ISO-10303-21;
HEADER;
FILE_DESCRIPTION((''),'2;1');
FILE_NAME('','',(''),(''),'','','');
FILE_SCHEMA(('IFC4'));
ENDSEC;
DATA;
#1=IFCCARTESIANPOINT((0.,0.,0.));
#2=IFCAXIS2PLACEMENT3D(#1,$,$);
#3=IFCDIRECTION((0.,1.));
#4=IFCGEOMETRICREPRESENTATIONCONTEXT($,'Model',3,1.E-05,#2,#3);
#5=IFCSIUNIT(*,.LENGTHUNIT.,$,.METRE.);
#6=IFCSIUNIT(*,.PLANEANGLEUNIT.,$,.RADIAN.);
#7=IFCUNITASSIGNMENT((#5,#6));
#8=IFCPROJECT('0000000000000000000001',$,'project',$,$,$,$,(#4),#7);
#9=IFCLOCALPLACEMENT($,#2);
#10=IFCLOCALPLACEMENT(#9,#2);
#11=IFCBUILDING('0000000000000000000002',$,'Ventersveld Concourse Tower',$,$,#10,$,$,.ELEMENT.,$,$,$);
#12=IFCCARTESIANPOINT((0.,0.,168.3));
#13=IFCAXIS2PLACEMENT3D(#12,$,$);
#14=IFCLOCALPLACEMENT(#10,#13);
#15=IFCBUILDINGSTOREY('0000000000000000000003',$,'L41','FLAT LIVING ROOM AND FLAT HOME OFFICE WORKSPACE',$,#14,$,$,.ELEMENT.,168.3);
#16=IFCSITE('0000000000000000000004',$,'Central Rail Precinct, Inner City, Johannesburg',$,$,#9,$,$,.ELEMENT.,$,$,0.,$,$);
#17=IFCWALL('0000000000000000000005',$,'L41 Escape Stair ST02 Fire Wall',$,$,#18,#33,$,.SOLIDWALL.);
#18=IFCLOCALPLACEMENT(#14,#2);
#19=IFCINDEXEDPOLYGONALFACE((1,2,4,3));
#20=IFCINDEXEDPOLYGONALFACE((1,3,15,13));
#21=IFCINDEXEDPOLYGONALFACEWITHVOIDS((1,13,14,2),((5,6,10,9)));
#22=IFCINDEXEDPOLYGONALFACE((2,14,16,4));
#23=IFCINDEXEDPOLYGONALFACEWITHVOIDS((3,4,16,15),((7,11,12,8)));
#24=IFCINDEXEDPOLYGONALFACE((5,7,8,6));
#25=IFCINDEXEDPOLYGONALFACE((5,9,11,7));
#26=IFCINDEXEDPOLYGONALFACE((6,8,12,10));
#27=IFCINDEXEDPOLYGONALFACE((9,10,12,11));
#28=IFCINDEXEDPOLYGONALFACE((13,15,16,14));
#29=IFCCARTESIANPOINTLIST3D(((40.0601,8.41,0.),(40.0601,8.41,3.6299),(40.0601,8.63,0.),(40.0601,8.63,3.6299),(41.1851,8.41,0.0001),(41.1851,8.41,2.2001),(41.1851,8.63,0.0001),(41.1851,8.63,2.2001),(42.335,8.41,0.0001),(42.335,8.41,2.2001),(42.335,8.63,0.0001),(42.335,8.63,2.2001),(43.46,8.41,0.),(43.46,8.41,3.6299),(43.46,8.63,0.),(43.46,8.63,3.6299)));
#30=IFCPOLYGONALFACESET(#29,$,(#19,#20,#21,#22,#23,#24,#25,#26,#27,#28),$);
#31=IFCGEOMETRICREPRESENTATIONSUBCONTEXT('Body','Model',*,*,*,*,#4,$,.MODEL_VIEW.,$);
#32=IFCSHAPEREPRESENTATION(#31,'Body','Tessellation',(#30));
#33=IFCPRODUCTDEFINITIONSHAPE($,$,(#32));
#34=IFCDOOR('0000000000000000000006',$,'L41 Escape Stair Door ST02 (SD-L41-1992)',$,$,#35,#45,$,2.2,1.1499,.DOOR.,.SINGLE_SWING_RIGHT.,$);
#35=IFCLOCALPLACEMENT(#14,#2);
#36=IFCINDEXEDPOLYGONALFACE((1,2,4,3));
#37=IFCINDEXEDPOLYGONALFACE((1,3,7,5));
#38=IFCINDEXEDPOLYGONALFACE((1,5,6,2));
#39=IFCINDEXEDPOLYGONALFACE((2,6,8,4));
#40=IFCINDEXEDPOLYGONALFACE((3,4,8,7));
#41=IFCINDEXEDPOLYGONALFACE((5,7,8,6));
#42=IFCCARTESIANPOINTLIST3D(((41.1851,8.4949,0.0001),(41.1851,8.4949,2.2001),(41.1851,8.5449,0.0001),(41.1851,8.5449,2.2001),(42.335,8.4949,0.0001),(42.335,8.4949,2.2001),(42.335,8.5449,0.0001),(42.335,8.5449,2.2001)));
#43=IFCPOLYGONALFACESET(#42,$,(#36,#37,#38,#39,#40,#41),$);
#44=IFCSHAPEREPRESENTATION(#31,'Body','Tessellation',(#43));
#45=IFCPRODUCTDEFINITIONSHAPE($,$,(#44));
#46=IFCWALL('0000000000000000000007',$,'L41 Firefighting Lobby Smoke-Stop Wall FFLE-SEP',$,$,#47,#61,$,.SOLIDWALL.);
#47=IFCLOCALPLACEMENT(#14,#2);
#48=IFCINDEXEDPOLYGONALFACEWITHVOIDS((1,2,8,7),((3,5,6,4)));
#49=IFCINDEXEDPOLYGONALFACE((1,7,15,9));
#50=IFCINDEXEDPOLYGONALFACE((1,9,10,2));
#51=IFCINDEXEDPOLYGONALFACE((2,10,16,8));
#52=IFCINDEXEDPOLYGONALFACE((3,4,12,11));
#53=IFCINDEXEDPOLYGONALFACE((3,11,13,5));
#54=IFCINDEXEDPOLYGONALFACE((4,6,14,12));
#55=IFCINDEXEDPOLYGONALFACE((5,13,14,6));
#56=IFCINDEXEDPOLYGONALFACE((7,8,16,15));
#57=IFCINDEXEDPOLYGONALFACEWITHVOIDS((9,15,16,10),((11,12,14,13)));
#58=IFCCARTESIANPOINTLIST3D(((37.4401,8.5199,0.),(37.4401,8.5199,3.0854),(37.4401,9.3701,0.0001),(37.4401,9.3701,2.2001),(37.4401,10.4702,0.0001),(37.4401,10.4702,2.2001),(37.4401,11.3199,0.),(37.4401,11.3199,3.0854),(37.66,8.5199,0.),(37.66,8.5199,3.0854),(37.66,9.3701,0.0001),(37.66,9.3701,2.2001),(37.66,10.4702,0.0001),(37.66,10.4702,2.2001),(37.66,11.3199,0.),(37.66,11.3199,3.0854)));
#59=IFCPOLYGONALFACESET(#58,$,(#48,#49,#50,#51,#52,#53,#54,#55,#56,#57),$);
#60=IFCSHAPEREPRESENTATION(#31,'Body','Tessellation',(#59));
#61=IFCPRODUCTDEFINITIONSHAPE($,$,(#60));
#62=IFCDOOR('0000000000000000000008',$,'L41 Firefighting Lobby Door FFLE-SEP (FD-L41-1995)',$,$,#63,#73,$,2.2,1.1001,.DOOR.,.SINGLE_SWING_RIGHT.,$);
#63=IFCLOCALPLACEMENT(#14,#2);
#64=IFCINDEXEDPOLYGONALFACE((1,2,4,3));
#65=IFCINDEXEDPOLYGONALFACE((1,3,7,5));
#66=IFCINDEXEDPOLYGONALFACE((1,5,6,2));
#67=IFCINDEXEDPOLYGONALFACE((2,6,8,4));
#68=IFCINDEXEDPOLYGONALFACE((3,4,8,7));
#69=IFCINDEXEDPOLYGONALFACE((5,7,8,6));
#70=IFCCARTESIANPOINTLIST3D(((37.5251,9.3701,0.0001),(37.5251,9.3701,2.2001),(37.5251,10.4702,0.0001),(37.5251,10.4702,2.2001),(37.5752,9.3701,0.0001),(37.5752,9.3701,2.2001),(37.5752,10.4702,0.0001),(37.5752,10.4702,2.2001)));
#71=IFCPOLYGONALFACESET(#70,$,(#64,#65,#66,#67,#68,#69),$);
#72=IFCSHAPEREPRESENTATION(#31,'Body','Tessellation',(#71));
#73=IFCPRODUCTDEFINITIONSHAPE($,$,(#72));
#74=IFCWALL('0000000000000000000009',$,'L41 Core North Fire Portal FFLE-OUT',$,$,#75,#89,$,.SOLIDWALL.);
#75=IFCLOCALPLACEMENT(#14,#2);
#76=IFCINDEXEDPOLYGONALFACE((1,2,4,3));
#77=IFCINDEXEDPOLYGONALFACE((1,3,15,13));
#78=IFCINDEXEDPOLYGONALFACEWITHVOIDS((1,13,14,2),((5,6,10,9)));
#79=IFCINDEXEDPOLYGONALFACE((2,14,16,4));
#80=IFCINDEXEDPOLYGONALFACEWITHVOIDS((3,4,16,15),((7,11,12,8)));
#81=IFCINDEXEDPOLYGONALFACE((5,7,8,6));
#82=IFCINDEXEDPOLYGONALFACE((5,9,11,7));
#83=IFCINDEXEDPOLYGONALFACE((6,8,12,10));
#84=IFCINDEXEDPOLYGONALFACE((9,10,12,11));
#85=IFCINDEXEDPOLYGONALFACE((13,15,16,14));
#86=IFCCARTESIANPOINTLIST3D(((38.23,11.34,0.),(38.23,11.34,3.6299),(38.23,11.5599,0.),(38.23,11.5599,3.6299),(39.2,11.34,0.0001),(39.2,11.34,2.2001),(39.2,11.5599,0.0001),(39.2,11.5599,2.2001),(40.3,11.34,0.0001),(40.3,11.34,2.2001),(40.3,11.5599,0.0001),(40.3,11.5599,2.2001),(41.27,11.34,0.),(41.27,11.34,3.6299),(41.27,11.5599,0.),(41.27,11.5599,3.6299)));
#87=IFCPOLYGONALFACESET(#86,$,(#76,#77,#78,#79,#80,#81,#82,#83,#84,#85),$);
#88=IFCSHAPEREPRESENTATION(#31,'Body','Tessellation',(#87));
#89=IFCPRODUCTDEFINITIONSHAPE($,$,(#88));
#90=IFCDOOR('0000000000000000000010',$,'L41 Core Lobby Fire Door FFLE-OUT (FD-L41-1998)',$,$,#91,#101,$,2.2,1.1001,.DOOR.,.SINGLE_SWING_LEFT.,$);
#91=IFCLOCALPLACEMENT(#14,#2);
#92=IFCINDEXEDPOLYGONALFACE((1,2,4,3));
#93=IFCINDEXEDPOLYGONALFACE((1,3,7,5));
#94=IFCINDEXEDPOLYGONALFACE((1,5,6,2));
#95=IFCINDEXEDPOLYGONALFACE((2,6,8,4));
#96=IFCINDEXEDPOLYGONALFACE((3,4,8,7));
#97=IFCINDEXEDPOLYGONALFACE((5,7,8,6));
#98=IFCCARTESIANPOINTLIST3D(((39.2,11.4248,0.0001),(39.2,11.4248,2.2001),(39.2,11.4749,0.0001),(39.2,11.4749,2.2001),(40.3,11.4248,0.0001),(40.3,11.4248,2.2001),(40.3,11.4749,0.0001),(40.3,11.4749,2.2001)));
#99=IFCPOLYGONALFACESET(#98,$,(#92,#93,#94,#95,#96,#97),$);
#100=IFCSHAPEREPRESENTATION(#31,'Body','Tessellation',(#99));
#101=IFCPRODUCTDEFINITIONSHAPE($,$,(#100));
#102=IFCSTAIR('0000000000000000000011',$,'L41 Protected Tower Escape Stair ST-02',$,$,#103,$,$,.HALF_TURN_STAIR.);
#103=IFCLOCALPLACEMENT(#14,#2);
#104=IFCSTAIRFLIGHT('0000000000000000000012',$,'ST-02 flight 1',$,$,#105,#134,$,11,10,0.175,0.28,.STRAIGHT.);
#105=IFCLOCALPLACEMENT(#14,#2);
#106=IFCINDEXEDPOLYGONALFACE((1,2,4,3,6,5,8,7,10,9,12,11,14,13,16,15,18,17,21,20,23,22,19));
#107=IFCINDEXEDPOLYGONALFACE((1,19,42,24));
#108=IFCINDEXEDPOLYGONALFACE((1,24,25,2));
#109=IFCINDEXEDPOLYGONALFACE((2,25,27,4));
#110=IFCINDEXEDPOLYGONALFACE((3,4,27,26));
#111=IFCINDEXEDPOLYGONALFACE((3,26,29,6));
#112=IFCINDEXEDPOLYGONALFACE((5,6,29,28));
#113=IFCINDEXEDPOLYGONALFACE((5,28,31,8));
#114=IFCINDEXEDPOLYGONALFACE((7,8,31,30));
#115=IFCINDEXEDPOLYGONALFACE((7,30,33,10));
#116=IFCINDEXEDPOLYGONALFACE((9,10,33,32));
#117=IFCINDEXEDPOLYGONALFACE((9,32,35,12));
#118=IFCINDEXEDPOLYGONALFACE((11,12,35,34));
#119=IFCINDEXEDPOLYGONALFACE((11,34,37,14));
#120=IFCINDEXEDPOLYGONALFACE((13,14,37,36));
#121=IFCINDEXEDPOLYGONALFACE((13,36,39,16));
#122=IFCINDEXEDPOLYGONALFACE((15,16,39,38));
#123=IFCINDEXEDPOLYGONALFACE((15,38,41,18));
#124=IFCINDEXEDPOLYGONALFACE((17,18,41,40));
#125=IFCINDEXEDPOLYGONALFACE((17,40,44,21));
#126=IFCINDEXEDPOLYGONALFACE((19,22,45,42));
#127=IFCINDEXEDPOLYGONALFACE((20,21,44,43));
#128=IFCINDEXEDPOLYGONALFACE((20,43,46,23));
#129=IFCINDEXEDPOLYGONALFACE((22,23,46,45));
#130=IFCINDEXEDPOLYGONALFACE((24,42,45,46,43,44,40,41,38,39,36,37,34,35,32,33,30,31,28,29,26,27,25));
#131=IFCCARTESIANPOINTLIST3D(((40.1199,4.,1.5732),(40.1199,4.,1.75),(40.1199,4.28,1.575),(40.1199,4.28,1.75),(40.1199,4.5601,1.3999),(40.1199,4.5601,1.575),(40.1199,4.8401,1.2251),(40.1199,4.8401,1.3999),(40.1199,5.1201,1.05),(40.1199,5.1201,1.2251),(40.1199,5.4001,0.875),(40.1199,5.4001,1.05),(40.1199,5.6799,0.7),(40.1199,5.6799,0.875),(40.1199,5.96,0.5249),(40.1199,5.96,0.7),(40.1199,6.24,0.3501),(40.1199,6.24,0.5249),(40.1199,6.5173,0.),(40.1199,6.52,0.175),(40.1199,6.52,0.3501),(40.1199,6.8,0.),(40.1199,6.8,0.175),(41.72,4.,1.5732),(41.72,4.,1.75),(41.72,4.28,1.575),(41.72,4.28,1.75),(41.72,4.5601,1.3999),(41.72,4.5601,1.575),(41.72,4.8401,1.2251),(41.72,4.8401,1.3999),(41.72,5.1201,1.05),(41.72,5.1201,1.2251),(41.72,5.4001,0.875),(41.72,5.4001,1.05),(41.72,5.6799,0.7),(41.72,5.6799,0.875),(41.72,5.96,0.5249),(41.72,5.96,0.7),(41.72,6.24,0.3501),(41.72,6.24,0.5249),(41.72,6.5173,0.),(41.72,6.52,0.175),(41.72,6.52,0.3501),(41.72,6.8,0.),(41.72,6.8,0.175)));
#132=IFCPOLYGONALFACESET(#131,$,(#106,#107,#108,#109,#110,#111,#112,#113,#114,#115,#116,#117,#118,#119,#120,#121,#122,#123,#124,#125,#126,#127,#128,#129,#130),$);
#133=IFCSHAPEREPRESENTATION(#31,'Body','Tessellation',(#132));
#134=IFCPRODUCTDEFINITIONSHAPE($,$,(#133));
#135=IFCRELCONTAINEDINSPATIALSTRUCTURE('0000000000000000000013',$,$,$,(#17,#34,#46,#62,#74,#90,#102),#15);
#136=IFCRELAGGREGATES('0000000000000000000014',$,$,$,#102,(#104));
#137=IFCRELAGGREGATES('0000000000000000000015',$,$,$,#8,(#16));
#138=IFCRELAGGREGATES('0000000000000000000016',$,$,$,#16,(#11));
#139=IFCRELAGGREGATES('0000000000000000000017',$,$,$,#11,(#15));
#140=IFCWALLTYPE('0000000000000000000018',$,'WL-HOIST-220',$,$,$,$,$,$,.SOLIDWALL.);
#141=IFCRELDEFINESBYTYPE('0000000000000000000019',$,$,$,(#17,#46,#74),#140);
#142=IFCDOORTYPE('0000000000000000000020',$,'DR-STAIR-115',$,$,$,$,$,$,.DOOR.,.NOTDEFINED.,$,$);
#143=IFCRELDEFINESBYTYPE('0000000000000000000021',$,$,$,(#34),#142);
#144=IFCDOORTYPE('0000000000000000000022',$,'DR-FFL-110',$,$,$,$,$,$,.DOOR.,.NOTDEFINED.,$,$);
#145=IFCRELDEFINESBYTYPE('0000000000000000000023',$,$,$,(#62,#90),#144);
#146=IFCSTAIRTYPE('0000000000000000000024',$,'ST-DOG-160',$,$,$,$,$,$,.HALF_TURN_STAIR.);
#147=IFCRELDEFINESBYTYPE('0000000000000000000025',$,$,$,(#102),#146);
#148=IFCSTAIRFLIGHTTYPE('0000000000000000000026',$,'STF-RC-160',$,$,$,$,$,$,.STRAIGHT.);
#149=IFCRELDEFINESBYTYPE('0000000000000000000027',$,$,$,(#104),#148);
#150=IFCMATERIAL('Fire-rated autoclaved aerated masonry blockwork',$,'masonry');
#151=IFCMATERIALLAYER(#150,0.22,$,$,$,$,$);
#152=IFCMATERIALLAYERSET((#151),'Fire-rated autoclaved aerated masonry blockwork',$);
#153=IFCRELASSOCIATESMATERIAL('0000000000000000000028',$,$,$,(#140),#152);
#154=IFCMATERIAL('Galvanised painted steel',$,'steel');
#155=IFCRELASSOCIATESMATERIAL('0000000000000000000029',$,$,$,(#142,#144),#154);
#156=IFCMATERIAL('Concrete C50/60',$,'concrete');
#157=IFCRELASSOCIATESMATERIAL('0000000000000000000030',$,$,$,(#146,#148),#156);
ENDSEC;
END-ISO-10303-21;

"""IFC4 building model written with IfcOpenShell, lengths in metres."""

from ifc_helpers import new_model, si_unit, direction, frame, frame_2d, origin, place, context, subcontext, project, spatial, polyline, rectangle, outline, extrude, material, layer, layer_set, type_object, element, fill, aggregate, save


model = new_model("IFC4")

# Units and contexts
model_context = context("Model", 3, precision=1e-05, world=origin(), true_north=direction((0.0, 1.0)))
body_context = subcontext(model_context, "Body", "Model", "MODEL_VIEW")
ifc_project = project(units=[si_unit("LENGTHUNIT", "METRE"), si_unit("PLANEANGLEUNIT", "RADIAN")], contexts=[model_context])

# Site, building, storey
site_placement = place(None, origin())
site = spatial("IfcSite", under=ifc_project, at=site_placement, Name="Central Rail Precinct, Inner City, Johannesburg", CompositionType="ELEMENT", RefElevation=0.0)
building_placement = place(site_placement, origin())
building = spatial("IfcBuilding", under=site, at=building_placement, Name="Ventersveld Concourse Tower", CompositionType="ELEMENT")
storey_placement = place(building_placement, frame((0.0, 0.0, 168.3)))
storey = spatial("IfcBuildingStorey", under=building, at=storey_placement, Name="L41", Description="FLAT LIVING ROOM AND FLAT HOME OFFICE WORKSPACE", CompositionType="ELEMENT", Elevation=168.3)

# Shared definitions
ifc_material_1 = material(Name="Fire-rated autoclaved aerated masonry blockwork", Category="masonry")
ifc_layer_1 = layer(ifc_material_1, 0.22)
ifc_layer_set_1 = layer_set([ifc_layer_1], Name="Fire-rated autoclaved aerated masonry blockwork")
wall_type_1 = type_object("IfcWallType", Name="WL-HOIST-220", PredefinedType="SOLIDWALL", material=ifc_layer_set_1)

# Walls, openings, doors
wall_1_placement = place(storey_placement, frame((40.0601, 8.52, 0.0), z_axis=(0.0, 0.0, 1.0), x_axis=(1.0, 0.0, 0.0)))
wall_1 = element("IfcWall", 1, at=wall_1_placement, inside=storey, type_object=wall_type_1, Name="L41 Escape Stair ST02 Fire Wall", PredefinedType="SOLIDWALL", context=body_context, shape_type="SweptSolid", body=[
    extrude(rectangle(XDim=3.3999, YDim=0.22, at=frame_2d((1.7, 0.0))), origin(), (0.0, 0.0, 1.0), 3.6299),
])
opening_1_placement = place(wall_1_placement, frame((1.125, 0.0, 0.0)))
opening_1 = element("IfcOpeningElement", 2, at=opening_1_placement, cuts=wall_1, PredefinedType="OPENING", context=body_context, shape_type="SweptSolid", body=[
    extrude(rectangle(XDim=1.1499, YDim=2.2, at=frame_2d((0.575, 1.1001))), frame((0.0, 0.1201, 0.0), z_axis=(0.0, -1.0, 0.0), x_axis=(1.0, 0.0, 0.0)), (0.0, 0.0, 1.0), 0.24),
])
ifc_material_2 = material(Name="Galvanised painted steel", Category="steel")
door_type_1 = type_object("IfcDoorType", Name="DR-STAIR-115", OperationType="NOTDEFINED", PredefinedType="DOOR", material=ifc_material_2)
door_1_placement = place(opening_1_placement, origin())
door_1 = element("IfcDoor", 3, at=door_1_placement, inside=storey, type_object=door_type_1, Name="L41 Escape Stair Door ST02 (SD-L41-1992)", OperationType="SINGLE_SWING_RIGHT", OverallHeight=2.2, OverallWidth=1.1499, PredefinedType="DOOR", context=body_context, shape_type="SweptSolid", body=[
    extrude(rectangle(XDim=1.1499, YDim=2.2, at=frame_2d((0.575, 1.1001))), frame((0.0, 0.0249, 0.0), z_axis=(0.0, -1.0, 0.0), x_axis=(1.0, 0.0, 0.0)), (0.0, 0.0, 1.0), 0.05),
])
fill(opening_1, door_1)
wall_2_placement = place(storey_placement, frame((37.55, 8.52, 0.0), z_axis=(0.0, 0.0, 1.0), x_axis=(0.0, 1.0, 0.0)))
wall_2 = element("IfcWall", 4, at=wall_2_placement, inside=storey, type_object=wall_type_1, Name="L41 Firefighting Lobby Smoke-Stop Wall FFLE-SEP", PredefinedType="SOLIDWALL", context=body_context, shape_type="SweptSolid", body=[
    extrude(rectangle(XDim=2.8, YDim=0.22, at=frame_2d((1.3999, 0.0))), origin(), (0.0, 0.0, 1.0), 3.0854),
])
opening_2_placement = place(wall_2_placement, frame((0.8501, 0.0, 0.0)))
opening_2 = element("IfcOpeningElement", 5, at=opening_2_placement, cuts=wall_2, PredefinedType="OPENING", context=body_context, shape_type="SweptSolid", body=[
    extrude(rectangle(XDim=1.1001, YDim=2.2, at=frame_2d((0.55, 1.1001))), frame((0.0, 0.1201, 0.0), z_axis=(0.0, -1.0, 0.0), x_axis=(1.0, 0.0, 0.0)), (0.0, 0.0, 1.0), 0.24),
])
door_type_2 = type_object("IfcDoorType", Name="DR-FFL-110", OperationType="NOTDEFINED", PredefinedType="DOOR", material=ifc_material_2)
door_2_placement = place(opening_2_placement, origin())
door_2 = element("IfcDoor", 6, at=door_2_placement, inside=storey, type_object=door_type_2, Name="L41 Firefighting Lobby Door FFLE-SEP (FD-L41-1995)", OperationType="SINGLE_SWING_RIGHT", OverallHeight=2.2, OverallWidth=1.1001, PredefinedType="DOOR", context=body_context, shape_type="SweptSolid", body=[
    extrude(rectangle(XDim=1.1001, YDim=2.2, at=frame_2d((0.55, 1.1001))), frame((0.0, 0.0249, 0.0), z_axis=(0.0, -1.0, 0.0), x_axis=(1.0, 0.0, 0.0)), (0.0, 0.0, 1.0), 0.05),
])
fill(opening_2, door_2)
wall_3_placement = place(storey_placement, frame((38.23, 11.45, 0.0), z_axis=(0.0, 0.0, 1.0), x_axis=(1.0, 0.0, 0.0)))
wall_3 = element("IfcWall", 7, at=wall_3_placement, inside=storey, type_object=wall_type_1, Name="L41 Core North Fire Portal FFLE-OUT", PredefinedType="SOLIDWALL", context=body_context, shape_type="SweptSolid", body=[
    extrude(rectangle(XDim=3.04, YDim=0.22, at=frame_2d((1.52, 0.0))), origin(), (0.0, 0.0, 1.0), 3.6299),
])
opening_3_placement = place(wall_3_placement, frame((0.97, 0.0, 0.0)))
opening_3 = element("IfcOpeningElement", 8, at=opening_3_placement, cuts=wall_3, PredefinedType="OPENING", context=body_context, shape_type="SweptSolid", body=[
    extrude(rectangle(XDim=1.1001, YDim=2.2, at=frame_2d((0.55, 1.1001))), frame((0.0, 0.1201, 0.0), z_axis=(0.0, -1.0, 0.0), x_axis=(1.0, 0.0, 0.0)), (0.0, 0.0, 1.0), 0.24),
])
door_3_placement = place(opening_3_placement, origin())
door_3 = element("IfcDoor", 9, at=door_3_placement, inside=storey, type_object=door_type_2, Name="L41 Core Lobby Fire Door FFLE-OUT (FD-L41-1998)", OperationType="SINGLE_SWING_LEFT", OverallHeight=2.2, OverallWidth=1.1001, PredefinedType="DOOR", context=body_context, shape_type="SweptSolid", body=[
    extrude(rectangle(XDim=1.1001, YDim=2.2, at=frame_2d((0.55, 1.1001))), frame((0.0, 0.0249, 0.0), z_axis=(0.0, -1.0, 0.0), x_axis=(1.0, 0.0, 0.0)), (0.0, 0.0, 1.0), 0.05),
])
fill(opening_3, door_3)

# Stair, stair flight
ifc_material_3 = material(Name="Concrete C50/60", Category="concrete")
stair_type = type_object("IfcStairType", Name="ST-DOG-160", PredefinedType="HALF_TURN_STAIR", material=ifc_material_3)
stair_placement = place(storey_placement, origin())
stair = element("IfcStair", 10, at=stair_placement, inside=storey, type_object=stair_type, Name="L41 Protected Tower Escape Stair ST-02", PredefinedType="HALF_TURN_STAIR")
stair_flight_type = type_object("IfcStairFlightType", Name="STF-RC-160", PredefinedType="STRAIGHT", material=ifc_material_3)
stair_flight_placement = place(storey_placement, frame((40.9199, 6.8, 0.0), z_axis=(0.0, 0.0, 1.0), x_axis=(0.0, -1.0, 0.0)))
stair_flight = element("IfcStairFlight", 11, at=stair_flight_placement, type_object=stair_flight_type, Name="ST-02 flight 1", NumberOfRisers=11, NumberOfTreads=10, PredefinedType="STRAIGHT", RiserHeight=0.175, TreadLength=0.28, context=body_context, shape_type="SweptSolid", body=[
    extrude(outline(polyline([(0.0, 0.0), (0.0, 0.175), (0.28, 0.175), (0.28, 0.3501), (0.5601, 0.3501), (0.5601, 0.5249), (0.8401, 0.5249), (0.8401, 0.7), (1.1201, 0.7), (1.1201, 0.875), (1.3999, 0.875), (1.3999, 1.05), (1.6799, 1.05), (1.6799, 1.2251), (1.96, 1.2251), (1.96, 1.3999), (2.24, 1.3999), (2.24, 1.575), (2.52, 1.575), (2.52, 1.75), (2.8, 1.75), (2.8, 1.925), (2.8, 1.5732), (0.2827, 0.0), (0.0, 0.0)])), frame((0.0, 0.8, 0.0), z_axis=(0.0, -1.0, 0.0), x_axis=(1.0, 0.0, 0.0)), (0.0, 0.0, 1.0), 1.6001),
])
aggregate(stair, [stair_flight])

save(model, "model.ifc")
